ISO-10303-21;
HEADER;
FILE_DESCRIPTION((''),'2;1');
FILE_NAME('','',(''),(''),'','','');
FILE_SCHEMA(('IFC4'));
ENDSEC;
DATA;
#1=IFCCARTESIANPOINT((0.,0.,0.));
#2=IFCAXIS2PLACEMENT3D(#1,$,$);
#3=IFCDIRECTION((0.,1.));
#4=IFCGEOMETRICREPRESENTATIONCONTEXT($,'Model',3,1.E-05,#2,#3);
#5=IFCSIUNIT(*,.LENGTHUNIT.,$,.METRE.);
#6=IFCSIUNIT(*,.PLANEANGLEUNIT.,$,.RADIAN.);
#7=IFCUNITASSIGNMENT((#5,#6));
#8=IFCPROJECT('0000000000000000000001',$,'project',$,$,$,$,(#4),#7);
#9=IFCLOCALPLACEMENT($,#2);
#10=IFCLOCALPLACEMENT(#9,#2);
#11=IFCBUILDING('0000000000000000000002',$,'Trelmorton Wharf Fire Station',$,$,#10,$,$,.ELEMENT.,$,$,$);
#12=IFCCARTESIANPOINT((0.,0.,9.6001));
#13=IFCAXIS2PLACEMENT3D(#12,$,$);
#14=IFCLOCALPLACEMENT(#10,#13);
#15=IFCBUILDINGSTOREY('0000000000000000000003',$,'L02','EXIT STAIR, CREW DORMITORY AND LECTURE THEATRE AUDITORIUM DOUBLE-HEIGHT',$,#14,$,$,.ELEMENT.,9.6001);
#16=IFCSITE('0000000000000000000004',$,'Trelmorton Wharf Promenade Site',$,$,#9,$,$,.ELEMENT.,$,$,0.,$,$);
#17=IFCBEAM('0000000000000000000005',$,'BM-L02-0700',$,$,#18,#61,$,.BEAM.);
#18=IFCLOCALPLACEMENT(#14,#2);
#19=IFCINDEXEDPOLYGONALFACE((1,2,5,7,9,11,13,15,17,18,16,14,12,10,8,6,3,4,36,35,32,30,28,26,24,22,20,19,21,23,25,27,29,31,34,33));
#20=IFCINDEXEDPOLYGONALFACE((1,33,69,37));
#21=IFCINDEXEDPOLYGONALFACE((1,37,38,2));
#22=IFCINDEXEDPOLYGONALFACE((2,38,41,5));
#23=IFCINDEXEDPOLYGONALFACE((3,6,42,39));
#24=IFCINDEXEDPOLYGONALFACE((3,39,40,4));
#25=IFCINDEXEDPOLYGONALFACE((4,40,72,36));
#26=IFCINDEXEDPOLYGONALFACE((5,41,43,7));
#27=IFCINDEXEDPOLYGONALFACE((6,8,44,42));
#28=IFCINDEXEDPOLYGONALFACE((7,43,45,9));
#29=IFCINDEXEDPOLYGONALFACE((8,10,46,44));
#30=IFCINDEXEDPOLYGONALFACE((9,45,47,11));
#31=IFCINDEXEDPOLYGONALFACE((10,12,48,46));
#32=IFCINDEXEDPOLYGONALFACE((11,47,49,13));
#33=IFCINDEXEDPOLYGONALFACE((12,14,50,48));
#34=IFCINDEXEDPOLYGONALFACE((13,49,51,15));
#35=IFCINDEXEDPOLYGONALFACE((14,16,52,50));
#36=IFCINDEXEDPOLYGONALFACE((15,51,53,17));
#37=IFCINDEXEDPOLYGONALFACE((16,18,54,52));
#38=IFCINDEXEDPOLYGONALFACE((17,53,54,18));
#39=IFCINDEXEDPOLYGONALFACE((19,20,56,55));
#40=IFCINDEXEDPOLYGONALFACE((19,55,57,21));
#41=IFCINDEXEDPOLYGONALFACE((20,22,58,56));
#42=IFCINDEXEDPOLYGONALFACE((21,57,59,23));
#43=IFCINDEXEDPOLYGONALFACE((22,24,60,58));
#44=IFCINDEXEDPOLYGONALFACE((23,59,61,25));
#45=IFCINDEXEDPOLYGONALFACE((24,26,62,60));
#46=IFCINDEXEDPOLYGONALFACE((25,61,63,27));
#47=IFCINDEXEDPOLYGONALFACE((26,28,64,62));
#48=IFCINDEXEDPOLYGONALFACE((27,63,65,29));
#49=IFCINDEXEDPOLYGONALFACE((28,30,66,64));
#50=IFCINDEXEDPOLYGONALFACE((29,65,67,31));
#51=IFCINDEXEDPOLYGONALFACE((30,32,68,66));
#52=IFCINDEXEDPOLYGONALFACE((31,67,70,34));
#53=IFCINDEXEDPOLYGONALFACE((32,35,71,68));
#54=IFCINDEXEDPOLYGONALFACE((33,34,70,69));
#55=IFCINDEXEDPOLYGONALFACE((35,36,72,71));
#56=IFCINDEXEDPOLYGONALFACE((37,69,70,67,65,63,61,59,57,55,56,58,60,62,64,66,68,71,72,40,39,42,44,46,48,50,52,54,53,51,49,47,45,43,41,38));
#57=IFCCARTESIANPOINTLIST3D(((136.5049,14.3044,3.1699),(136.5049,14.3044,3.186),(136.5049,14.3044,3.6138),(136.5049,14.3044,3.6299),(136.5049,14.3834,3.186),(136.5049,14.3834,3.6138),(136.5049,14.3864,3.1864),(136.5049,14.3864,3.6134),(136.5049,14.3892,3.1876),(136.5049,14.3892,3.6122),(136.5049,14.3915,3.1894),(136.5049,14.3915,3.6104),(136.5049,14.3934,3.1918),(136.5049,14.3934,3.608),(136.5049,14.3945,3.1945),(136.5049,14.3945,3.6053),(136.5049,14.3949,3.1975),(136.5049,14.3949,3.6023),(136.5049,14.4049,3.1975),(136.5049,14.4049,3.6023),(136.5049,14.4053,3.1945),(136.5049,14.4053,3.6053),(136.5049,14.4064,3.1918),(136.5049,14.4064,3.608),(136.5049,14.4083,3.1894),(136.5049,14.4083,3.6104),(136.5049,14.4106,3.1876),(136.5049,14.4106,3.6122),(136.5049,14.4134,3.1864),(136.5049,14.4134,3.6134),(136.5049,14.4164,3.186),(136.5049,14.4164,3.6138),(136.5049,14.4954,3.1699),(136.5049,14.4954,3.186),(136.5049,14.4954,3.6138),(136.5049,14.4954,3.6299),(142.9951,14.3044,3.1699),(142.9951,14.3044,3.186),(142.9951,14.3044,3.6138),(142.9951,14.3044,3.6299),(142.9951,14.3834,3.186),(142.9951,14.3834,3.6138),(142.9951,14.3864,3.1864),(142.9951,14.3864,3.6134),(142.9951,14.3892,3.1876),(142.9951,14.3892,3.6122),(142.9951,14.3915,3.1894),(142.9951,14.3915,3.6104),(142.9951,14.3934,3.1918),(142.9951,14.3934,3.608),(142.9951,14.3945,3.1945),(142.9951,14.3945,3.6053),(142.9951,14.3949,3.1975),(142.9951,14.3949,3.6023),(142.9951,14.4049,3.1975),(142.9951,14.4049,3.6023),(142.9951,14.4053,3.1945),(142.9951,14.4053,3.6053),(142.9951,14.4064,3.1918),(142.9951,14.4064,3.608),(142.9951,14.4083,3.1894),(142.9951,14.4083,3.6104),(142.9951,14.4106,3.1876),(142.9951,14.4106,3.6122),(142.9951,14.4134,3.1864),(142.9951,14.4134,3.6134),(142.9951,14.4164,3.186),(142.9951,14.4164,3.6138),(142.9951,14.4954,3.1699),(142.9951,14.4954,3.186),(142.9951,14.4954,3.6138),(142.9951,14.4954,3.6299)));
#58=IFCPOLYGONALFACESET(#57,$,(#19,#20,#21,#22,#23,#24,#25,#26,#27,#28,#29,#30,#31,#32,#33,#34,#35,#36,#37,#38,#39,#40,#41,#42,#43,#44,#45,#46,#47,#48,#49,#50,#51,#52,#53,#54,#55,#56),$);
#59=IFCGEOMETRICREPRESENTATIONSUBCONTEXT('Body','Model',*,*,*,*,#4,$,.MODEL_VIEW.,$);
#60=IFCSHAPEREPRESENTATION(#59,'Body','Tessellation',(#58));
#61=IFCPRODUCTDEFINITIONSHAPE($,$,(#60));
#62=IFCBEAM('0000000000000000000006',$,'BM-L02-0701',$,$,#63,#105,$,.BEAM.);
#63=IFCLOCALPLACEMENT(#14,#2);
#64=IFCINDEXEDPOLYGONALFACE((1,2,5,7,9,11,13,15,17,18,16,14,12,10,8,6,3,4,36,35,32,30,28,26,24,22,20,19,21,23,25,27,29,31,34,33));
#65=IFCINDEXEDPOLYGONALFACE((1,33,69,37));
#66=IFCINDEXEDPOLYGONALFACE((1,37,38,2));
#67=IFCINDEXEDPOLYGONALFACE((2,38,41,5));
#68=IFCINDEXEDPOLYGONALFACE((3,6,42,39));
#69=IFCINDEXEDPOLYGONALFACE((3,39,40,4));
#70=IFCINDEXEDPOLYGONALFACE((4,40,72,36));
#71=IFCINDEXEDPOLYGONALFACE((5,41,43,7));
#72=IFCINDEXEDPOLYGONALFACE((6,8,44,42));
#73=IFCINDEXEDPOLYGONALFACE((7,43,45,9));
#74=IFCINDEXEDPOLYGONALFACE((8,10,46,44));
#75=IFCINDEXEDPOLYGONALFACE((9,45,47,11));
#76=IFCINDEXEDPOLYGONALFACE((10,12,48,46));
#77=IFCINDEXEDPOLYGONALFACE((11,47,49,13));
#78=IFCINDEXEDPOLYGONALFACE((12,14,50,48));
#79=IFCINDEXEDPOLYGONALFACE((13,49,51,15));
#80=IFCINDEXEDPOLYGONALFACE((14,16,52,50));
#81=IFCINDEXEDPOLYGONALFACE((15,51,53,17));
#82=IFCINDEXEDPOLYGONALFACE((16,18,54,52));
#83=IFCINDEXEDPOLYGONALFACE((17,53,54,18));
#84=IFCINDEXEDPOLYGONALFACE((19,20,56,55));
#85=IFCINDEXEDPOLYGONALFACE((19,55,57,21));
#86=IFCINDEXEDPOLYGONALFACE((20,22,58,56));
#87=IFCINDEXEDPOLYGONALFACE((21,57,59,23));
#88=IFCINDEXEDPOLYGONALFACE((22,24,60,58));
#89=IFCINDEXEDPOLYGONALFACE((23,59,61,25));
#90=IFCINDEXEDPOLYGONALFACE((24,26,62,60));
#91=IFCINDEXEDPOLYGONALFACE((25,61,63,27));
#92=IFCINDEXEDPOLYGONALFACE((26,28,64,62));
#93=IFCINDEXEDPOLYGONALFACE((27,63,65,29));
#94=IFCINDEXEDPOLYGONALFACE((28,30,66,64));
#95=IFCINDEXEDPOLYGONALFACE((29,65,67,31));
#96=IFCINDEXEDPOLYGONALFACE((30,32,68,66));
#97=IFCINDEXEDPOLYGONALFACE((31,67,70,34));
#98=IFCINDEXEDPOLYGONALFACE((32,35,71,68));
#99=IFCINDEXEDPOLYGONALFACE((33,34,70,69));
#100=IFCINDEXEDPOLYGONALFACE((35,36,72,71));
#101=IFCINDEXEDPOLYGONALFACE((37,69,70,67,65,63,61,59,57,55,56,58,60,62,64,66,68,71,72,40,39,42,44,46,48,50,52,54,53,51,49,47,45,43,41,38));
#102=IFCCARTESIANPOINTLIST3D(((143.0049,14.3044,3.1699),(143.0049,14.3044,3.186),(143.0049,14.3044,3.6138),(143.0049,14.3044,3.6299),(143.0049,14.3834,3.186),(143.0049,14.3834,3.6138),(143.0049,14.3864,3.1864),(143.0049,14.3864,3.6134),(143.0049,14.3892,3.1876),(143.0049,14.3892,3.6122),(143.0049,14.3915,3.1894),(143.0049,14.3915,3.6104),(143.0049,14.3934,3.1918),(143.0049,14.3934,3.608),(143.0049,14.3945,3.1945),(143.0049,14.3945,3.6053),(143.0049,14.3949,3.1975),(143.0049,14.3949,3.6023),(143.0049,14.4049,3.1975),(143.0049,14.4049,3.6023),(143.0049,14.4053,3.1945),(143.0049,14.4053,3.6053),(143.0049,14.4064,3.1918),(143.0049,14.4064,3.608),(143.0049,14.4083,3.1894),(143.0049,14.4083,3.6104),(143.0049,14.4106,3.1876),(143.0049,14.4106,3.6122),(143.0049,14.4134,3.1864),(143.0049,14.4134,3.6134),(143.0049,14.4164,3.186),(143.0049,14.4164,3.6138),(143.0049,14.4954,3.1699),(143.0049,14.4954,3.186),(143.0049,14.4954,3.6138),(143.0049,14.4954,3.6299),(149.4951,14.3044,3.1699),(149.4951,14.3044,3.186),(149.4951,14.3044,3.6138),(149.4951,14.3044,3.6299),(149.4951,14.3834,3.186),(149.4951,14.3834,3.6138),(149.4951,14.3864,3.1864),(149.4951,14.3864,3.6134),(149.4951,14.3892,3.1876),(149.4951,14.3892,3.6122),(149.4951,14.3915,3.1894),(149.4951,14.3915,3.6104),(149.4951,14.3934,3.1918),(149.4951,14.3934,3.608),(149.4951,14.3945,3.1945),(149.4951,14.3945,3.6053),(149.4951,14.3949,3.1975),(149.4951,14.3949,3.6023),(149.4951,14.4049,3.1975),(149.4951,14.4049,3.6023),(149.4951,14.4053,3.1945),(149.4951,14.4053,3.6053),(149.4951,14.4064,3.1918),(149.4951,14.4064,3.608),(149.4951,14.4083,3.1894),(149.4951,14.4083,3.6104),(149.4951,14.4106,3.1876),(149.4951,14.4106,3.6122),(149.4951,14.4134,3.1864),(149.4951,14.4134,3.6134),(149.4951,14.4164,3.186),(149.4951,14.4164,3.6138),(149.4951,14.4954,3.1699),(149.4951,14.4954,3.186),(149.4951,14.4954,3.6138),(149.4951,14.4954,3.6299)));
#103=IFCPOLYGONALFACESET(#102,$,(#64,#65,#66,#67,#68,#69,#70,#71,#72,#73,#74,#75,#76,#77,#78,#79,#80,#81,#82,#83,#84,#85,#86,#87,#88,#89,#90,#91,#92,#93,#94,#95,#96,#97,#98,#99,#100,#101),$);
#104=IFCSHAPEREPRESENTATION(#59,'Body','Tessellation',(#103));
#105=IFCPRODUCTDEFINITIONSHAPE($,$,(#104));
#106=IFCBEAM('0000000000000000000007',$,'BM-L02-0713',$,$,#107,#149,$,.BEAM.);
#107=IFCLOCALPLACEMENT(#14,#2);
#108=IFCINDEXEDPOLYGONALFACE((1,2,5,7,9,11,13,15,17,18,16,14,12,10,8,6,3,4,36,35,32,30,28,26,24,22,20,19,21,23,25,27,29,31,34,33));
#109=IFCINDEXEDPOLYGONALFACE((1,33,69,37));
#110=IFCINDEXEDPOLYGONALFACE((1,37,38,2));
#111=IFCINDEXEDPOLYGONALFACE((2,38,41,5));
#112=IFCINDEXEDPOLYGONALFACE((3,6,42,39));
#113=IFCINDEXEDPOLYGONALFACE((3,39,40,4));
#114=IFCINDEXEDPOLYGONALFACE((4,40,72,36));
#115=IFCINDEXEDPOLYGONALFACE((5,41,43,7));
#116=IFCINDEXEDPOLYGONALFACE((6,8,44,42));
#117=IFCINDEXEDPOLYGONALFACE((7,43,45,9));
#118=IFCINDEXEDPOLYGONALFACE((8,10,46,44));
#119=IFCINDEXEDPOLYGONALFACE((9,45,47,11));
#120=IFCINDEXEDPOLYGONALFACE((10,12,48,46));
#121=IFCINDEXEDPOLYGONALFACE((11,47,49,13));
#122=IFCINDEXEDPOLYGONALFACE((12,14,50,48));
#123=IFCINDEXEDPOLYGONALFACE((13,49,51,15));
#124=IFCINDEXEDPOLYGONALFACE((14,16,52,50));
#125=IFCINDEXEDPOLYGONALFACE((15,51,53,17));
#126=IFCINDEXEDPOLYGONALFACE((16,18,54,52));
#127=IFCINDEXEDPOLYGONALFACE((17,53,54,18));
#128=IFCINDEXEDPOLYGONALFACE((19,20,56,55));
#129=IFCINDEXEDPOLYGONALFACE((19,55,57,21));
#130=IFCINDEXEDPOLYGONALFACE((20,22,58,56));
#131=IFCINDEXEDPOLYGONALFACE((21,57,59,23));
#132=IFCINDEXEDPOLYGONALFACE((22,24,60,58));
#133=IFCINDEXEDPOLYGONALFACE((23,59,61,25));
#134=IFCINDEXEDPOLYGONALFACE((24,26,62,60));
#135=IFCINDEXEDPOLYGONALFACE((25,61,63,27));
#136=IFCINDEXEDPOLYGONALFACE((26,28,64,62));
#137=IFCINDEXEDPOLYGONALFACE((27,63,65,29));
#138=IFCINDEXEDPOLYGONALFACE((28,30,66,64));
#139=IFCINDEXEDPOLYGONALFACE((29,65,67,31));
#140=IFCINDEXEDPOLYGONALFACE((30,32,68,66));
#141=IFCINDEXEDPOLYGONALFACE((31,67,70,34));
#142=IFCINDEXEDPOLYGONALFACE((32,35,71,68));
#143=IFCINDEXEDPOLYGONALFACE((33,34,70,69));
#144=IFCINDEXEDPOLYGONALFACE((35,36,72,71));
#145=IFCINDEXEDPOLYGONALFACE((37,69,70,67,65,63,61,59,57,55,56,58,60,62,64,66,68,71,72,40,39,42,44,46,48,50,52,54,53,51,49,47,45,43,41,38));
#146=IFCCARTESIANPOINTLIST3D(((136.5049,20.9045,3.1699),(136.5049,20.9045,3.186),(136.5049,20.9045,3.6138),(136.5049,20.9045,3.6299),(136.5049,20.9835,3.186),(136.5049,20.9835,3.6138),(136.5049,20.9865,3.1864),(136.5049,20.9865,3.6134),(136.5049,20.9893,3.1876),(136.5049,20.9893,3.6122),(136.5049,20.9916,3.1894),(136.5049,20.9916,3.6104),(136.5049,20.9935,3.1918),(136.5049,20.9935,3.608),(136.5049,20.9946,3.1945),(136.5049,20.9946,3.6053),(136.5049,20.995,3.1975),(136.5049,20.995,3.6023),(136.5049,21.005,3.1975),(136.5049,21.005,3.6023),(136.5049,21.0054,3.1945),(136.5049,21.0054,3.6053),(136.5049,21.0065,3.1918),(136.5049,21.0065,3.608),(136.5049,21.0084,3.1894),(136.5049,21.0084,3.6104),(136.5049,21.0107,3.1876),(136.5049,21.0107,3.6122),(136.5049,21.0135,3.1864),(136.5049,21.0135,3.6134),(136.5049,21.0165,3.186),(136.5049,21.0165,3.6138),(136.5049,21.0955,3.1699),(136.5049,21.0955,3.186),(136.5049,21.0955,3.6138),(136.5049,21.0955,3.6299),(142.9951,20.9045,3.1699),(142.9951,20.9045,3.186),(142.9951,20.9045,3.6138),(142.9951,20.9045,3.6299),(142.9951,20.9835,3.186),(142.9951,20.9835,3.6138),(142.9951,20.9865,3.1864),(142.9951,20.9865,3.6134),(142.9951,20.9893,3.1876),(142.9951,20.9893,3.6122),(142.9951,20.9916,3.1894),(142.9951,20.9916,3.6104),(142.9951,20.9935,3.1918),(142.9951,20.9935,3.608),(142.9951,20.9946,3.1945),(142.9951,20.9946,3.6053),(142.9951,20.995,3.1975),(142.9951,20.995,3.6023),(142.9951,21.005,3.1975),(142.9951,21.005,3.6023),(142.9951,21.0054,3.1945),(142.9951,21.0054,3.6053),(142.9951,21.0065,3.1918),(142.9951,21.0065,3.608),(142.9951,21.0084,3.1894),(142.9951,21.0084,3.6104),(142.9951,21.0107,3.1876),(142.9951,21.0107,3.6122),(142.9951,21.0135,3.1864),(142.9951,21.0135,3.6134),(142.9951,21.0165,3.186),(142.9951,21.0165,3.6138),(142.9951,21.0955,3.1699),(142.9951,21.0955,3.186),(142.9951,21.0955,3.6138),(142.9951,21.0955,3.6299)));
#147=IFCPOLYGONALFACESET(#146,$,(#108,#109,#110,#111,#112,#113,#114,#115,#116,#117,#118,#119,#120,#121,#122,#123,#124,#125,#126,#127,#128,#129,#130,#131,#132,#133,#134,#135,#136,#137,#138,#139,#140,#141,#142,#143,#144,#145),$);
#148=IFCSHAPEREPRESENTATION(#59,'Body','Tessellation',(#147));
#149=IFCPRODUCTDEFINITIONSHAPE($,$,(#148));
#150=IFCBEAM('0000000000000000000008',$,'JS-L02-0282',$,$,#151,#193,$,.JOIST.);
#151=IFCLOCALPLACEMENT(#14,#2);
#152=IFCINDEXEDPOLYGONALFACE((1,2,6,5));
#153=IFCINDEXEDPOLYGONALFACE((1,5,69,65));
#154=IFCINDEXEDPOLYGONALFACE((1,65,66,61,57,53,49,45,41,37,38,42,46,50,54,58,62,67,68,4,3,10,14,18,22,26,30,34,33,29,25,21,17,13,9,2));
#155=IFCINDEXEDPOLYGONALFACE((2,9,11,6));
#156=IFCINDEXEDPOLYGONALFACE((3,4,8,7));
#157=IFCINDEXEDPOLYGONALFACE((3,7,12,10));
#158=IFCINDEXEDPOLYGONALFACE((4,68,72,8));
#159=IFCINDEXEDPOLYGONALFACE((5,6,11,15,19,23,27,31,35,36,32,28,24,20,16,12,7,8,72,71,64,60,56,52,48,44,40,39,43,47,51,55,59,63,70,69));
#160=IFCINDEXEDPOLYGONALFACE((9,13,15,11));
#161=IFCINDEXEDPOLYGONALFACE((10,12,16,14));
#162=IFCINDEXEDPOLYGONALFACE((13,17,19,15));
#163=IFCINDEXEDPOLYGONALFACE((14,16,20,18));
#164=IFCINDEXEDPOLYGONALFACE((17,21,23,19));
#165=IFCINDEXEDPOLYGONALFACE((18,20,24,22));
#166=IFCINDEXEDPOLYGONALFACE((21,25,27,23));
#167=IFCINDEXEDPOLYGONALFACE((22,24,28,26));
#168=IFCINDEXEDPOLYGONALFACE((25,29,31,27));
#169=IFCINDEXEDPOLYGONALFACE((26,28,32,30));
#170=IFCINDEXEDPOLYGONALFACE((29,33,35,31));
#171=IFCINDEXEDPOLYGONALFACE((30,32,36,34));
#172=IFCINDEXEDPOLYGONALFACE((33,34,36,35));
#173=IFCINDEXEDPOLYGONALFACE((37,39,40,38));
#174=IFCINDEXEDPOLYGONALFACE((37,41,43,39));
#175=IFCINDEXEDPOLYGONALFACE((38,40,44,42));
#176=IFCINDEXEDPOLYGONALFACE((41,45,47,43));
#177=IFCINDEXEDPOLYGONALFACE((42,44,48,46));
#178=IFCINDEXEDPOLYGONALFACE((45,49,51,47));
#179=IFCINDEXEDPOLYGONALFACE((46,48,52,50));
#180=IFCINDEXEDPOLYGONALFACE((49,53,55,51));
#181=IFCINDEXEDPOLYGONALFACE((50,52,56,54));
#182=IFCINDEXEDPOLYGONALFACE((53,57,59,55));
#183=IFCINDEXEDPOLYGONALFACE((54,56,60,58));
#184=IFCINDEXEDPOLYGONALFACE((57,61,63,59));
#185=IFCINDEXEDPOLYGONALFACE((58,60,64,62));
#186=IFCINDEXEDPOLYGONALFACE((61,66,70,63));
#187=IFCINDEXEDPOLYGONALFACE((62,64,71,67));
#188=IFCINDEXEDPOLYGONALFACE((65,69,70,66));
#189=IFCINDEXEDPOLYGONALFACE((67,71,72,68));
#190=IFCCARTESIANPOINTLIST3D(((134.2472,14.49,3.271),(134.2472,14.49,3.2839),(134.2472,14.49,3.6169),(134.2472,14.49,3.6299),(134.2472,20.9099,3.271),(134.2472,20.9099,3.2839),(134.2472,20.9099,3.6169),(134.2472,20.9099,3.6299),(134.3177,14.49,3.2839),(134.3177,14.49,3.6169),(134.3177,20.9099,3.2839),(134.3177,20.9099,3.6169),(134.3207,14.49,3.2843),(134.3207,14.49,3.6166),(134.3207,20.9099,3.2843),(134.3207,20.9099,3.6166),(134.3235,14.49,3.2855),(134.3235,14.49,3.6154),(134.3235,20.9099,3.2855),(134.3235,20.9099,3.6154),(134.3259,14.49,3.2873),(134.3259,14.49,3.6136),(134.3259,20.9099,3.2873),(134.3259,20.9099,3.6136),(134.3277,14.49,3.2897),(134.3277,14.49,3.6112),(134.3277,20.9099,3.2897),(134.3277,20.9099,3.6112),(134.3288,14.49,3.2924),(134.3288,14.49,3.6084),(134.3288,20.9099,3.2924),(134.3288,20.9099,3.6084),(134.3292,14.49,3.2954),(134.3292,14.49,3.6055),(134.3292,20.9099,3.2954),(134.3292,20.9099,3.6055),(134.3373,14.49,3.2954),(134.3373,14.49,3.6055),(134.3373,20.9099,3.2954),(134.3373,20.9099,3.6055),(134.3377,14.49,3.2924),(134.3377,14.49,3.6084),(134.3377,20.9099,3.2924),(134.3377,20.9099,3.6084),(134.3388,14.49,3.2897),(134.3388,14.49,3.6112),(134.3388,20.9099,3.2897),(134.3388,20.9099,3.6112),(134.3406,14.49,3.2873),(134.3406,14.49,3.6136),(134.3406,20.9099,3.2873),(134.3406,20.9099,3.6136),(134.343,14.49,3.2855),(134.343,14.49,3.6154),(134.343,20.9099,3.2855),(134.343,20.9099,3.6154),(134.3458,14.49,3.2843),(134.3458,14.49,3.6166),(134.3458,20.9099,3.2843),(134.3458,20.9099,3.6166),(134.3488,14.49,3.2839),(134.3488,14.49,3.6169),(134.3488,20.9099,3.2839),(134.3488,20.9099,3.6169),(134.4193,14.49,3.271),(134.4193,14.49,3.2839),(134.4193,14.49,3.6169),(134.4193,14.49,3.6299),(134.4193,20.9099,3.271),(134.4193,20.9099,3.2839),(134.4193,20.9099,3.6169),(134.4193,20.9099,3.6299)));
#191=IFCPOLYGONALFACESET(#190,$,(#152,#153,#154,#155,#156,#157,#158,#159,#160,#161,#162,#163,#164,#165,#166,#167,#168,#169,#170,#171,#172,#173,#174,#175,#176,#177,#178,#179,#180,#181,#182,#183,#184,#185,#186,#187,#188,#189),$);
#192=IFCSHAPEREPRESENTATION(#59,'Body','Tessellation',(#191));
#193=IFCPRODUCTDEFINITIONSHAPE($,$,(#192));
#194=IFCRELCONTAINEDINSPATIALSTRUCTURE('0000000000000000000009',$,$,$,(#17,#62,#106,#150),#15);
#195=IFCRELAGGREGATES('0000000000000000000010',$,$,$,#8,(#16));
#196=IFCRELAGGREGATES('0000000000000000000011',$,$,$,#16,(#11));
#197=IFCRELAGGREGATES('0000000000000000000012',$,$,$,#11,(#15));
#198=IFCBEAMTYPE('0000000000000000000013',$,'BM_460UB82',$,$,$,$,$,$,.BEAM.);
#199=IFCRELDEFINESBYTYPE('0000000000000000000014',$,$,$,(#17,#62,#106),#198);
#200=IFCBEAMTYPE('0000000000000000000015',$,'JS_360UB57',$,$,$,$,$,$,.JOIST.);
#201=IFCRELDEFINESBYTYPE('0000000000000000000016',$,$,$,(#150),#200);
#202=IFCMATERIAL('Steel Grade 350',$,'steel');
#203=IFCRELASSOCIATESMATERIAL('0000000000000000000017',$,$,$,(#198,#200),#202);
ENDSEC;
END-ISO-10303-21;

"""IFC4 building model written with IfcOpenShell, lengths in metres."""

from ifc_helpers import new_model, si_unit, direction, frame, origin, origin_2d, place, context, subcontext, project, spatial, i_section, extrude, material, material_profile, profile_set, type_object, element, save


model = new_model("IFC4")

# Units and contexts
model_context = context("Model", 3, precision=1e-05, world=origin(), true_north=direction((0.0, 1.0)))
body_context = subcontext(model_context, "Body", "Model", "MODEL_VIEW")
ifc_project = project(units=[si_unit("LENGTHUNIT", "METRE"), si_unit("PLANEANGLEUNIT", "RADIAN")], contexts=[model_context])

# Site, building, storey
site_placement = place(None, origin())
site = spatial("IfcSite", under=ifc_project, at=site_placement, Name="Trelmorton Wharf Promenade Site", CompositionType="ELEMENT", RefElevation=0.0)
building_placement = place(site_placement, origin())
building = spatial("IfcBuilding", under=site, at=building_placement, Name="Trelmorton Wharf Fire Station", CompositionType="ELEMENT")
storey_placement = place(building_placement, frame((0.0, 0.0, 9.6001)))
storey = spatial("IfcBuildingStorey", under=building, at=storey_placement, Name="L02", Description="EXIT STAIR, CREW DORMITORY AND LECTURE THEATRE AUDITORIUM DOUBLE-HEIGHT", CompositionType="ELEMENT", Elevation=9.6001)

# Shared definitions
ifc_material_1 = material(Name="Steel Grade 350", Category="steel")

# Beams
ifc_material_profile_1 = material_profile(ifc_material_1, i_section(OverallWidth=0.1909, OverallDepth=0.46, WebThickness=0.01, FlangeThickness=0.0161, FilletRadius=0.0115, at=origin_2d()), Name="460UB82.1")
ifc_profile_set_1 = profile_set([ifc_material_profile_1], Name="Steel Grade 350")
beam_type_1 = type_object("IfcBeamType", Name="BM_460UB82", PredefinedType="BEAM", material=ifc_profile_set_1)
for number, where, z_axis, x_axis, name in (
    (1, (136.5049, 14.3999, 3.3999), (1.0, 0.0, 0.0), (0.0, 1.0, 0.0), "BM-L02-0700"),
    (2, (143.0049, 14.3999, 3.3999), (1.0, 0.0, 0.0), (0.0, 1.0, 0.0), "BM-L02-0701"),
    (3, (136.5049, 21.0, 3.3999), (1.0, 0.0, 0.0), (0.0, 1.0, 0.0), "BM-L02-0713"),
):
    element("IfcBeam", number, at=place(storey_placement, frame(where, z_axis=z_axis, x_axis=x_axis)), inside=storey, type_object=beam_type_1, Name=name, PredefinedType="BEAM", context=body_context, shape_type="SweptSolid", body=[
        extrude(i_section(OverallWidth=0.1909, OverallDepth=0.46, WebThickness=0.01, FlangeThickness=0.0161, FilletRadius=0.0115, at=origin_2d()), origin(), (0.0, 0.0, 1.0), 6.4902),
    ])
ifc_material_profile_2 = material_profile(ifc_material_1, i_section(OverallWidth=0.1721, OverallDepth=0.3589, WebThickness=0.0081, FlangeThickness=0.0129, FilletRadius=0.0115, at=origin_2d()), Name="360UB56.7")
ifc_profile_set_2 = profile_set([ifc_material_profile_2], Name="Steel Grade 350")
beam_type_2 = type_object("IfcBeamType", Name="JS_360UB57", PredefinedType="JOIST", material=ifc_profile_set_2)
for number, where, z_axis, x_axis, name in (
    (4, (134.3333, 14.49, 3.4504), (0.0, 1.0, 0.0), (-1.0, 0.0, 0.0), "JS-L02-0282"),
):
    element("IfcBeam", number, at=place(storey_placement, frame(where, z_axis=z_axis, x_axis=x_axis)), inside=storey, type_object=beam_type_2, Name=name, PredefinedType="JOIST", context=body_context, shape_type="SweptSolid", body=[
        extrude(i_section(OverallWidth=0.1721, OverallDepth=0.3589, WebThickness=0.0081, FlangeThickness=0.0129, FilletRadius=0.0115, at=origin_2d()), origin(), (0.0, 0.0, 1.0), 6.4199),
    ])

save(model, "model.ifc")
